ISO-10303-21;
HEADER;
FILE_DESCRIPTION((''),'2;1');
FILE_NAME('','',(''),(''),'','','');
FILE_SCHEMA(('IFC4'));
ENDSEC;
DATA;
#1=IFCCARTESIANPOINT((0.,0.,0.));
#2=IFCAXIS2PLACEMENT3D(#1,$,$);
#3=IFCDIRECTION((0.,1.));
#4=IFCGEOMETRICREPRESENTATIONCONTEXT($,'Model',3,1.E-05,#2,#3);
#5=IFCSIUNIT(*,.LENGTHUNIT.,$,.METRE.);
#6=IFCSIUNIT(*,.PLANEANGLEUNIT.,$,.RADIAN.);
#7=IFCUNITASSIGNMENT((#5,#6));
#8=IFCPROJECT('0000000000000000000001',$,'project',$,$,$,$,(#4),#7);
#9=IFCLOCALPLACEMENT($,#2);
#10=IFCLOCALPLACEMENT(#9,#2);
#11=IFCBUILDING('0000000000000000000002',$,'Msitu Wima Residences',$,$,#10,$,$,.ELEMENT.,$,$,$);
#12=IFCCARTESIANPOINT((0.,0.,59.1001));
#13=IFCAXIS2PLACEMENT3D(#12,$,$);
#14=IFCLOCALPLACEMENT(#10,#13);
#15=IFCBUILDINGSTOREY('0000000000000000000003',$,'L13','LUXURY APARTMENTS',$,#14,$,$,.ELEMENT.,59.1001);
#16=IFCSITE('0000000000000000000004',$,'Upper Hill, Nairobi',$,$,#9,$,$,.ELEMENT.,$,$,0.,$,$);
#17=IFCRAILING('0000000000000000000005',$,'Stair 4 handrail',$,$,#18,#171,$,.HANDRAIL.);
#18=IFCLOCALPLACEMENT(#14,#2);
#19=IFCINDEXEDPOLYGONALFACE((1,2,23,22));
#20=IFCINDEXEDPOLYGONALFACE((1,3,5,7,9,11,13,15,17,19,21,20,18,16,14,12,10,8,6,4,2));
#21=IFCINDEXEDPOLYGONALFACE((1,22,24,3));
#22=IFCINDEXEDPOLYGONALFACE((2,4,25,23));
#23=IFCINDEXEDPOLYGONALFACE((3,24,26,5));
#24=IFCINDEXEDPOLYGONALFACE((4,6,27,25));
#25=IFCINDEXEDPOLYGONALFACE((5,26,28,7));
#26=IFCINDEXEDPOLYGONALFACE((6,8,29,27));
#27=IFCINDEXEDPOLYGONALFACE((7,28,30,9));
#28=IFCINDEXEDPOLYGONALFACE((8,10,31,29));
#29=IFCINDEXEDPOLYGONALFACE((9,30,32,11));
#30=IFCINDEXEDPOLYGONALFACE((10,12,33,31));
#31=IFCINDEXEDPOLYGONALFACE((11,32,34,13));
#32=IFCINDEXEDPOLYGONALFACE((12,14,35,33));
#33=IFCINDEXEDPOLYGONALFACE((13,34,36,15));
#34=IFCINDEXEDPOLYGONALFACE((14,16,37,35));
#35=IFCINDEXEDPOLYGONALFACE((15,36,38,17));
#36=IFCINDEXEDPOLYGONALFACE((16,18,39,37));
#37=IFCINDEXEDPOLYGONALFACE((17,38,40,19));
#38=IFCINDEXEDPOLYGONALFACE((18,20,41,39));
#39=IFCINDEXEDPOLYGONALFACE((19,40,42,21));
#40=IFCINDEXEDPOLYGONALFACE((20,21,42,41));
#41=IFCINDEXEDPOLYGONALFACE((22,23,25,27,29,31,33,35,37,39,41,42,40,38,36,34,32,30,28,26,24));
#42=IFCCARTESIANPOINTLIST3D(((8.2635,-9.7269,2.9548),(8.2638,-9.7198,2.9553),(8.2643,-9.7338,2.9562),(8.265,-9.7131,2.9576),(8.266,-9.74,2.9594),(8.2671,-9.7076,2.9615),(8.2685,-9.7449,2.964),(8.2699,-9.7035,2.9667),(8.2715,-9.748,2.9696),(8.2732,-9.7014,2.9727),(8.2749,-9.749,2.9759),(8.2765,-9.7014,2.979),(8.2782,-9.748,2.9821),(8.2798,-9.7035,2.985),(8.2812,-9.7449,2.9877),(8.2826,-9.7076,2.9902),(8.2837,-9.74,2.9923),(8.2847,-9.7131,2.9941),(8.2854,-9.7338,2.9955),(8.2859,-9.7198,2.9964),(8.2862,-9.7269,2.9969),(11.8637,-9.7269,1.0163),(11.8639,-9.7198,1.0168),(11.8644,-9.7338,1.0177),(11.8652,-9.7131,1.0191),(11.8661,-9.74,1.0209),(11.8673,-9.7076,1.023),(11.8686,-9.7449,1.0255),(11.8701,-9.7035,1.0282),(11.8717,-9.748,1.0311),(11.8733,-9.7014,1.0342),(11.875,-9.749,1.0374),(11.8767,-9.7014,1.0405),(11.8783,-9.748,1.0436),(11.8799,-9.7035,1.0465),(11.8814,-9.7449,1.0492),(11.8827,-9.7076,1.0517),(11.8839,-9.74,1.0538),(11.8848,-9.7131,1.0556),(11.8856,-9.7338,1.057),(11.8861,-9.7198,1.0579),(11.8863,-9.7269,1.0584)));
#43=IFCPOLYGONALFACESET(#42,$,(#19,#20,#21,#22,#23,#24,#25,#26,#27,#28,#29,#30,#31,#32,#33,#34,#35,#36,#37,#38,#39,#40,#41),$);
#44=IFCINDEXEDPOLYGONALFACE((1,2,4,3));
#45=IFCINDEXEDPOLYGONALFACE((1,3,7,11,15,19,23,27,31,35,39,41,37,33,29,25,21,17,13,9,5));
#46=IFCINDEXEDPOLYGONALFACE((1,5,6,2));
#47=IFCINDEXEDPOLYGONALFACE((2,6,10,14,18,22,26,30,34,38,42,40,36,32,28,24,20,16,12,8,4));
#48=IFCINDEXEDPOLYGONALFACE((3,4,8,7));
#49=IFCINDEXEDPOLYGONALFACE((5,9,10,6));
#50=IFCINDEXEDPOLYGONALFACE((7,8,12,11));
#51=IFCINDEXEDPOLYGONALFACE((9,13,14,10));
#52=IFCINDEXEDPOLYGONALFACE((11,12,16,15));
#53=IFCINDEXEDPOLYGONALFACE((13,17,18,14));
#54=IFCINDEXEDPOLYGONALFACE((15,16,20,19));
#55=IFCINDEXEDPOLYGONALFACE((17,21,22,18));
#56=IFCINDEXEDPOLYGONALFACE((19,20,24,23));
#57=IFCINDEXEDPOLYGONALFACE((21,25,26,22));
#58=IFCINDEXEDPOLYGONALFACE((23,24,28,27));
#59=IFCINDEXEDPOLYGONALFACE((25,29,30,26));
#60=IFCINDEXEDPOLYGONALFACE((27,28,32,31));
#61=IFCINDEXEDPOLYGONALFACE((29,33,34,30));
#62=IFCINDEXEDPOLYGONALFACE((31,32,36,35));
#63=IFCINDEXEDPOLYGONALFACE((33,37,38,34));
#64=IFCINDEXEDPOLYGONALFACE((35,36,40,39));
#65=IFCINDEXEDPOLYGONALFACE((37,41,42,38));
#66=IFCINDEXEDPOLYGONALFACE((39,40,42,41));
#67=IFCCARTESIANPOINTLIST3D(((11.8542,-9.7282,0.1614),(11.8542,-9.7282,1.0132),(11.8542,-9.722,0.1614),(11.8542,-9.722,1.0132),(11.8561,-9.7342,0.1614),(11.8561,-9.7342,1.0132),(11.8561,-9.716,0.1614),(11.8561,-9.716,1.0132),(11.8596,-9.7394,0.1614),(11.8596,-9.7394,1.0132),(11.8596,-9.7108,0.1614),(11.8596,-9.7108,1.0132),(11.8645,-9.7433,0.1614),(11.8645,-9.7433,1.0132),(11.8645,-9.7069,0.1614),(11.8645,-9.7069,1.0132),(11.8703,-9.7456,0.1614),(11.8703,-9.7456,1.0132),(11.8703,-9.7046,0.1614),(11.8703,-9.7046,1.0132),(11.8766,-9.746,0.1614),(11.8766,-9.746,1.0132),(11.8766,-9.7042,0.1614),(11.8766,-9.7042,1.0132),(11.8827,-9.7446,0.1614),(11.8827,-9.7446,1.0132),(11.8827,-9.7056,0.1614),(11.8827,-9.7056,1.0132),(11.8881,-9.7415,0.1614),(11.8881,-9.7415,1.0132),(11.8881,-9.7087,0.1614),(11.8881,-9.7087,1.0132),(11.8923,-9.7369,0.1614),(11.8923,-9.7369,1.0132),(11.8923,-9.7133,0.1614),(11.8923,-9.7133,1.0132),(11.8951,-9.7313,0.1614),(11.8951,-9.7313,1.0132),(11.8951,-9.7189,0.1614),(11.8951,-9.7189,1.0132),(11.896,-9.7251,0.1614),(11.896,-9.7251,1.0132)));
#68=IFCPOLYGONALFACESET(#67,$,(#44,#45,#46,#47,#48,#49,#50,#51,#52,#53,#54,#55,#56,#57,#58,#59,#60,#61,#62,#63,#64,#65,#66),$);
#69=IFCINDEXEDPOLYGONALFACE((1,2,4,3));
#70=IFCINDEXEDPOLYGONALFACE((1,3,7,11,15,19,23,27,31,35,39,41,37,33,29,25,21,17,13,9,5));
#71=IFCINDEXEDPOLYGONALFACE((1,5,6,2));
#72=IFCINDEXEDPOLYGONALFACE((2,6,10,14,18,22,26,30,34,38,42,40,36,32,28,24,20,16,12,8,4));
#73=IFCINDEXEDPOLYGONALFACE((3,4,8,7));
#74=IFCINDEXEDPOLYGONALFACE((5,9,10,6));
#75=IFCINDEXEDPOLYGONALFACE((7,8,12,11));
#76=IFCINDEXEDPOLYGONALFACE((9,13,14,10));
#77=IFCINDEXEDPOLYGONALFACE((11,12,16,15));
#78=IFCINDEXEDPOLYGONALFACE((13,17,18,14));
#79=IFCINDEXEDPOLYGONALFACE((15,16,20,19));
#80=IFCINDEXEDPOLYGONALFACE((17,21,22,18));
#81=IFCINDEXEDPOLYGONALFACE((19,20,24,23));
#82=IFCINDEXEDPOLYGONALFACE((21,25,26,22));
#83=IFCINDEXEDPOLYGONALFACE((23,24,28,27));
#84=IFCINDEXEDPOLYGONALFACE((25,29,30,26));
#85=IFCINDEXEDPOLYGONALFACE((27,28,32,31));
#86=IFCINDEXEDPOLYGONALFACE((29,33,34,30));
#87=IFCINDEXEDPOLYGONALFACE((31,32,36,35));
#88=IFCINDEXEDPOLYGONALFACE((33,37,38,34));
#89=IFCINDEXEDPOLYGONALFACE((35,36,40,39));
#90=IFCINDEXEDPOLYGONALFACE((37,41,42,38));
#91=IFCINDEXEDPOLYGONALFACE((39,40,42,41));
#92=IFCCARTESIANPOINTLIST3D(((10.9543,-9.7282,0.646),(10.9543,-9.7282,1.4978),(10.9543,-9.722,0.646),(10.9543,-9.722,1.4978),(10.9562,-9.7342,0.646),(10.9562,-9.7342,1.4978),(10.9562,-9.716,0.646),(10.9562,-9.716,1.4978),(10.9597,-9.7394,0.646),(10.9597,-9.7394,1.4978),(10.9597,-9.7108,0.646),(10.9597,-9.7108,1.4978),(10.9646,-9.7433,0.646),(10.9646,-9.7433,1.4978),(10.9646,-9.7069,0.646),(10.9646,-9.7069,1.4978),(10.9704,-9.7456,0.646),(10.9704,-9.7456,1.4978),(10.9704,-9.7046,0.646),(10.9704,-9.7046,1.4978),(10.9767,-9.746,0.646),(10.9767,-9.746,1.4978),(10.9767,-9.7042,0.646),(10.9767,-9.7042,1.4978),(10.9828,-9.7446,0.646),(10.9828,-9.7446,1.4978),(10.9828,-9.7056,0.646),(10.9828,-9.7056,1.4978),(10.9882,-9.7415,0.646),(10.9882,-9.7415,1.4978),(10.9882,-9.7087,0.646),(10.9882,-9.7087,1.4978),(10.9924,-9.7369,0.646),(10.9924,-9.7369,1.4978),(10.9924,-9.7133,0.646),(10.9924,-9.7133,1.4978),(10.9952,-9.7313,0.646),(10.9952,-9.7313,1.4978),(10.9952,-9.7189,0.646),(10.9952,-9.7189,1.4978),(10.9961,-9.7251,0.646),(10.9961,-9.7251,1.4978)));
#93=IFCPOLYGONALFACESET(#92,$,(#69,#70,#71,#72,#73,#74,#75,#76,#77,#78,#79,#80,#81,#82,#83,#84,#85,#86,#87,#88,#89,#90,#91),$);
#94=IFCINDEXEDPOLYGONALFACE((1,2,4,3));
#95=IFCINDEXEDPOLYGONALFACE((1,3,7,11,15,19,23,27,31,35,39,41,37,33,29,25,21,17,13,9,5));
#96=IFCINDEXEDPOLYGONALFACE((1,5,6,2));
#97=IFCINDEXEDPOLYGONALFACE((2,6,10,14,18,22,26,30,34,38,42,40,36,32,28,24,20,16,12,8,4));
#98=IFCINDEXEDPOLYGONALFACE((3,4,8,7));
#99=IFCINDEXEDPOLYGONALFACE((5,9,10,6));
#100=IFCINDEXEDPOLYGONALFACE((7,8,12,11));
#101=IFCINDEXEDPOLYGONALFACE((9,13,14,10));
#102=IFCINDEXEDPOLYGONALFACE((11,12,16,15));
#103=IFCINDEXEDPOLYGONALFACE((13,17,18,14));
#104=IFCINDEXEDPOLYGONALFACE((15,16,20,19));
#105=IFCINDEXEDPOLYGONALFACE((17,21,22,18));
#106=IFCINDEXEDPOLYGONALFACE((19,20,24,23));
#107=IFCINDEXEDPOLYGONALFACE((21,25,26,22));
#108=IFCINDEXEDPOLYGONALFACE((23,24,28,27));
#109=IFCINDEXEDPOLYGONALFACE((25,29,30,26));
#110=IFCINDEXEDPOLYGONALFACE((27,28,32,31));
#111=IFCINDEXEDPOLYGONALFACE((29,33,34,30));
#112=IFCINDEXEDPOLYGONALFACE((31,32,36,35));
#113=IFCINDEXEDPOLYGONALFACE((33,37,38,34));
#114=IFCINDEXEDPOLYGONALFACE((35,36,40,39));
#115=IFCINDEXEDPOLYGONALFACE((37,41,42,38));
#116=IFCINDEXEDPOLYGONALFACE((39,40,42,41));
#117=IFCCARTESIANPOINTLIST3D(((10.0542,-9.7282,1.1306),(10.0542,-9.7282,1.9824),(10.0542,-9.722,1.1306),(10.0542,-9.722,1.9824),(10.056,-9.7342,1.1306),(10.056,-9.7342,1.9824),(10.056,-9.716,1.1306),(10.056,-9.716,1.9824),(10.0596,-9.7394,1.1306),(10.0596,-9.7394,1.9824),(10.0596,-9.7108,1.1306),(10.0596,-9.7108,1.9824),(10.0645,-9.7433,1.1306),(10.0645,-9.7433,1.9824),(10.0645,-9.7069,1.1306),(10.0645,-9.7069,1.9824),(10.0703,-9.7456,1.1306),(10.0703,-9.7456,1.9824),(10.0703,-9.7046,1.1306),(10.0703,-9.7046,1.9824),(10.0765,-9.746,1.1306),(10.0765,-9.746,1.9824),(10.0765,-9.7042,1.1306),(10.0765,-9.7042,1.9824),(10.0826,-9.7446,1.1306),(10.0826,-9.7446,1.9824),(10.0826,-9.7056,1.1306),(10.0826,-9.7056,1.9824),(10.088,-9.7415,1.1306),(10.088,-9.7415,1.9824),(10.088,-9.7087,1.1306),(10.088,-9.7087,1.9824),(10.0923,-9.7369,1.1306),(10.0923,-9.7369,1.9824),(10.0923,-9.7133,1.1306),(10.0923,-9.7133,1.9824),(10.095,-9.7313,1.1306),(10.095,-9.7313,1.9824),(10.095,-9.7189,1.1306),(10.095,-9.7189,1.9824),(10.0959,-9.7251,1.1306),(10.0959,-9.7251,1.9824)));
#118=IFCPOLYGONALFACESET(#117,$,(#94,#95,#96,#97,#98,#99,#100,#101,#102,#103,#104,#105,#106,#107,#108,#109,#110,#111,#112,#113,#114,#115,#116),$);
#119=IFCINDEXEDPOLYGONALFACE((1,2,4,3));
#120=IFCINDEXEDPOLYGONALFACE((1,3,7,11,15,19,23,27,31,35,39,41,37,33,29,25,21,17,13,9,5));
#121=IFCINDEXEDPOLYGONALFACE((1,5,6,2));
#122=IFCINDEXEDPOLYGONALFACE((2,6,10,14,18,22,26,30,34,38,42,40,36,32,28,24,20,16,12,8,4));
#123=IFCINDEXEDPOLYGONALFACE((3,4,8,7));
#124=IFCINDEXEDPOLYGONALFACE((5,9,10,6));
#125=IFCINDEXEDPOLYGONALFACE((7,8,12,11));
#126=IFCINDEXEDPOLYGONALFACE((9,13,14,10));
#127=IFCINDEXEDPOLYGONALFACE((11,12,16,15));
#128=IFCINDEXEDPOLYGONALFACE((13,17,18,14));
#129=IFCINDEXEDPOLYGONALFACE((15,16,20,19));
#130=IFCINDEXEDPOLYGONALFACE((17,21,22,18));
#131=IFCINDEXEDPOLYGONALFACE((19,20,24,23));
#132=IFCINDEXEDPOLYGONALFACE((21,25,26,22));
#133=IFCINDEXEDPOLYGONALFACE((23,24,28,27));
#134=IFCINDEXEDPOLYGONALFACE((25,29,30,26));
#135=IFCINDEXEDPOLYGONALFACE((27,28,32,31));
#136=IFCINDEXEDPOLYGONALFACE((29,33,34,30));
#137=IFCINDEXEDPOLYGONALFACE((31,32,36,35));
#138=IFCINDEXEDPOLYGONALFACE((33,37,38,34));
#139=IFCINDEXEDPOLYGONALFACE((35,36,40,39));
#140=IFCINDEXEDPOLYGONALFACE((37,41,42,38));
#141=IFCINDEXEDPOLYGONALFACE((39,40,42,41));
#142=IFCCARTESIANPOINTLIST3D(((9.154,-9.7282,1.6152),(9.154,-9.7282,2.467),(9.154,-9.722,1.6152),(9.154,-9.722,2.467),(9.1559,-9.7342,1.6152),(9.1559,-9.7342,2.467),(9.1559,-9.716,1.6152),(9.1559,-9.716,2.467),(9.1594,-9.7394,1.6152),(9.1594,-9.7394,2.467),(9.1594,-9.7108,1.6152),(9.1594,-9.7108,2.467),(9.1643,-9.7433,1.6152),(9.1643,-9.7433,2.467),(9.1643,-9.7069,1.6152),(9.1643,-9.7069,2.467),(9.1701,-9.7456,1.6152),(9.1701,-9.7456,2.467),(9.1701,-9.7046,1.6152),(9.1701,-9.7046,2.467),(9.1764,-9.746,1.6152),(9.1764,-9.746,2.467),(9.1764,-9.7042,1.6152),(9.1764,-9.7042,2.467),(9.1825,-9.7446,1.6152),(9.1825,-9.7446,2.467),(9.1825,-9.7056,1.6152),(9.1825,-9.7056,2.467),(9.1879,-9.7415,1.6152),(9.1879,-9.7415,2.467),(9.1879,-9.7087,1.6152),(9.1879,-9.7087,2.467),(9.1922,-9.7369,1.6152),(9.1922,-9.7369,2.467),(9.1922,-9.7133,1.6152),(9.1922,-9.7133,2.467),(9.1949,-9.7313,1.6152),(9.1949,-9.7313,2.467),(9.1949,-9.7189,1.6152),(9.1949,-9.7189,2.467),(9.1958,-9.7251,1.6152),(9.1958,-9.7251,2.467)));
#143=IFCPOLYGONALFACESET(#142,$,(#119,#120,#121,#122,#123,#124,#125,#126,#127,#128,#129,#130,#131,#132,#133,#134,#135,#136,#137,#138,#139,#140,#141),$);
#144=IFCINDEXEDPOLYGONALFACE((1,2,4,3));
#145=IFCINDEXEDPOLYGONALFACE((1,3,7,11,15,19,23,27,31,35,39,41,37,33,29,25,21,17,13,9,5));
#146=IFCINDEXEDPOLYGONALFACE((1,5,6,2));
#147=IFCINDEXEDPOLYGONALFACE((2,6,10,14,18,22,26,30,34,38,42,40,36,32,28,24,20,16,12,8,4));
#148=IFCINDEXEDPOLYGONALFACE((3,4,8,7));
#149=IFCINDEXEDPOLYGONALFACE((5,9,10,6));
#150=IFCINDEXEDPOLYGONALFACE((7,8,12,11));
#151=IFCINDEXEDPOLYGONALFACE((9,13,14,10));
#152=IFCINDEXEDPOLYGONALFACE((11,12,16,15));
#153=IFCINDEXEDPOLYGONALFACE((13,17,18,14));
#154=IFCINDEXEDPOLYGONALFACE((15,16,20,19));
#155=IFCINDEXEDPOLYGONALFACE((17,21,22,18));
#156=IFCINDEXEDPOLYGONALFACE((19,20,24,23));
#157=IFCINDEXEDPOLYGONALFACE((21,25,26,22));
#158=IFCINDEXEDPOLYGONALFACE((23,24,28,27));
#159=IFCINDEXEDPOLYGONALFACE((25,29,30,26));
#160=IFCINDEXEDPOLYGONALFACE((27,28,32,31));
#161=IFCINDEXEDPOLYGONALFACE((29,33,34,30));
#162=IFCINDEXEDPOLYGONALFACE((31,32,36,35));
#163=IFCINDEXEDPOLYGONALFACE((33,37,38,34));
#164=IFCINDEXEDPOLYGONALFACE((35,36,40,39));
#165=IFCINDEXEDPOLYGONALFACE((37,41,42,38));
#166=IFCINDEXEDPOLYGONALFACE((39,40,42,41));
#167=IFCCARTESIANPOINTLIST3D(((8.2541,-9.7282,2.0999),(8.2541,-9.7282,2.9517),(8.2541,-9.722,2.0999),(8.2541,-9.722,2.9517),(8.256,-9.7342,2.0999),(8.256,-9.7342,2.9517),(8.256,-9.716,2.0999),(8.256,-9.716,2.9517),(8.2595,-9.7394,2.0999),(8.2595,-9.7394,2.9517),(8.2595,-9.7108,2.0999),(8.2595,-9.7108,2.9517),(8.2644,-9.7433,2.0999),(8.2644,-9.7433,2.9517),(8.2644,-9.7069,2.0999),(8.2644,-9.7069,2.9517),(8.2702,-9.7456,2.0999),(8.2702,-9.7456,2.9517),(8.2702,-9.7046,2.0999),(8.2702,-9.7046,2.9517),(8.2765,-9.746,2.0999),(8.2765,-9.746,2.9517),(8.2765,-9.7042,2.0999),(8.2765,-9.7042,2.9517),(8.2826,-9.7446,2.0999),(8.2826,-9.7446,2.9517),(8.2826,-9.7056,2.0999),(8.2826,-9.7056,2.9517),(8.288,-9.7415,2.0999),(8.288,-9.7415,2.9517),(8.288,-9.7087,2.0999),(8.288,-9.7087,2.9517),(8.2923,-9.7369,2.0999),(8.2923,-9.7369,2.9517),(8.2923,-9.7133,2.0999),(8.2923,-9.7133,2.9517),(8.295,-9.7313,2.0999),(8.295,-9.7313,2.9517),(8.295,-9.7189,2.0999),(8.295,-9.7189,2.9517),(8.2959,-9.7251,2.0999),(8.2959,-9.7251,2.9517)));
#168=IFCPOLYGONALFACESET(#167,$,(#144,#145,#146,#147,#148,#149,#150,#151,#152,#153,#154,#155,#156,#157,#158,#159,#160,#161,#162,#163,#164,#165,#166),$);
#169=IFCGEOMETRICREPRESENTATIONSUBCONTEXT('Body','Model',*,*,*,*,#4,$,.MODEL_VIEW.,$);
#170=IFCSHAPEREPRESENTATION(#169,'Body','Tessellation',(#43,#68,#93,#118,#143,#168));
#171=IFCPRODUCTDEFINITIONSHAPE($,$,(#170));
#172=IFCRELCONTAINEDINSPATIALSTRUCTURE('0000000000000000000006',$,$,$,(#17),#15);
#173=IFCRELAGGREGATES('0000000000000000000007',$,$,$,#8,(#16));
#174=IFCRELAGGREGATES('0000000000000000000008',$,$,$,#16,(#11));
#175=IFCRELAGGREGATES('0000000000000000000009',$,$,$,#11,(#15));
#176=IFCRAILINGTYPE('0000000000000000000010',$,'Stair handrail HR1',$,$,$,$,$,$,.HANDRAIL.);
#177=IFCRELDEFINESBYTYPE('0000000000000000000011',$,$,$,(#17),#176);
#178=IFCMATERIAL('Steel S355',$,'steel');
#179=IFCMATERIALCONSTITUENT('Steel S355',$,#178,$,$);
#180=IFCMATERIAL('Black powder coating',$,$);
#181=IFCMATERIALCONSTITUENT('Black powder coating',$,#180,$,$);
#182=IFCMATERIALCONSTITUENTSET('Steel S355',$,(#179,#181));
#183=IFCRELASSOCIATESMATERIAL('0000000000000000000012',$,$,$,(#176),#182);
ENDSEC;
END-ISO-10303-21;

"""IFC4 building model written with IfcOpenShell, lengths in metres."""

from ifc_helpers import new_model, si_unit, direction, frame, origin, origin_2d, place, context, subcontext, project, spatial, circle, extrude, material, constituent, constituent_set, type_object, element, save


model = new_model("IFC4")

# Units and contexts
model_context = context("Model", 3, precision=1e-05, world=origin(), true_north=direction((0.0, 1.0)))
body_context = subcontext(model_context, "Body", "Model", "MODEL_VIEW")
ifc_project = project(units=[si_unit("LENGTHUNIT", "METRE"), si_unit("PLANEANGLEUNIT", "RADIAN")], contexts=[model_context])

# Site, building, storey
site_placement = place(None, origin())
site = spatial("IfcSite", under=ifc_project, at=site_placement, Name="Upper Hill, Nairobi", CompositionType="ELEMENT", RefElevation=0.0)
building_placement = place(site_placement, origin())
building = spatial("IfcBuilding", under=site, at=building_placement, Name="Msitu Wima Residences", CompositionType="ELEMENT")
storey_placement = place(building_placement, frame((0.0, 0.0, 59.1001)))
storey = spatial("IfcBuildingStorey", under=building, at=storey_placement, Name="L13", Description="LUXURY APARTMENTS", CompositionType="ELEMENT", Elevation=59.1001)

# Railing
ifc_material_1 = material(Name="Steel S355", Category="steel")
ifc_constituent_1 = constituent(ifc_material_1, Name="Steel S355")
ifc_material_2 = material(Name="Black powder coating")
ifc_constituent_2 = constituent(ifc_material_2, Name="Black powder coating")
ifc_constituent_set = constituent_set(constituents=[ifc_constituent_1, ifc_constituent_2], Name="Steel S355")
railing_type = type_object("IfcRailingType", Name="Stair handrail HR1", PredefinedType="HANDRAIL", material=ifc_constituent_set)
for number, where, name in (
    (1, (11.875, -9.7251, 0.1614), "Stair 4 handrail"),
):
    element("IfcRailing", number, at=place(storey_placement, frame(where)), inside=storey, type_object=railing_type, Name=name, PredefinedType="HANDRAIL", context=body_context, shape_type="SweptSolid", body=[
        extrude(circle(Radius=0.0239, at=origin_2d()), frame((0.0, 0.0, 0.876), z_axis=(-0.880475, 0.0, 0.474093), x_axis=(0.0, -1.0, 0.0)), (0.0, 0.0, 1.0), 4.0889),
        extrude(circle(Radius=0.021, at=origin_2d()), origin(), (0.0, 0.0, 1.0), 0.8518),
        extrude(circle(Radius=0.021, at=origin_2d()), frame((-0.8999, 0.0, 0.4846)), (0.0, 0.0, 1.0), 0.8518),
        extrude(circle(Radius=0.021, at=origin_2d()), frame((-1.8, 0.0, 0.9692)), (0.0, 0.0, 1.0), 0.8518),
        extrude(circle(Radius=0.021, at=origin_2d()), frame((-2.7002, 0.0, 1.4539)), (0.0, 0.0, 1.0), 0.8518),
        extrude(circle(Radius=0.021, at=origin_2d()), frame((-3.6001, 0.0, 1.9385)), (0.0, 0.0, 1.0), 0.8518),
    ])

save(model, "model.ifc")
